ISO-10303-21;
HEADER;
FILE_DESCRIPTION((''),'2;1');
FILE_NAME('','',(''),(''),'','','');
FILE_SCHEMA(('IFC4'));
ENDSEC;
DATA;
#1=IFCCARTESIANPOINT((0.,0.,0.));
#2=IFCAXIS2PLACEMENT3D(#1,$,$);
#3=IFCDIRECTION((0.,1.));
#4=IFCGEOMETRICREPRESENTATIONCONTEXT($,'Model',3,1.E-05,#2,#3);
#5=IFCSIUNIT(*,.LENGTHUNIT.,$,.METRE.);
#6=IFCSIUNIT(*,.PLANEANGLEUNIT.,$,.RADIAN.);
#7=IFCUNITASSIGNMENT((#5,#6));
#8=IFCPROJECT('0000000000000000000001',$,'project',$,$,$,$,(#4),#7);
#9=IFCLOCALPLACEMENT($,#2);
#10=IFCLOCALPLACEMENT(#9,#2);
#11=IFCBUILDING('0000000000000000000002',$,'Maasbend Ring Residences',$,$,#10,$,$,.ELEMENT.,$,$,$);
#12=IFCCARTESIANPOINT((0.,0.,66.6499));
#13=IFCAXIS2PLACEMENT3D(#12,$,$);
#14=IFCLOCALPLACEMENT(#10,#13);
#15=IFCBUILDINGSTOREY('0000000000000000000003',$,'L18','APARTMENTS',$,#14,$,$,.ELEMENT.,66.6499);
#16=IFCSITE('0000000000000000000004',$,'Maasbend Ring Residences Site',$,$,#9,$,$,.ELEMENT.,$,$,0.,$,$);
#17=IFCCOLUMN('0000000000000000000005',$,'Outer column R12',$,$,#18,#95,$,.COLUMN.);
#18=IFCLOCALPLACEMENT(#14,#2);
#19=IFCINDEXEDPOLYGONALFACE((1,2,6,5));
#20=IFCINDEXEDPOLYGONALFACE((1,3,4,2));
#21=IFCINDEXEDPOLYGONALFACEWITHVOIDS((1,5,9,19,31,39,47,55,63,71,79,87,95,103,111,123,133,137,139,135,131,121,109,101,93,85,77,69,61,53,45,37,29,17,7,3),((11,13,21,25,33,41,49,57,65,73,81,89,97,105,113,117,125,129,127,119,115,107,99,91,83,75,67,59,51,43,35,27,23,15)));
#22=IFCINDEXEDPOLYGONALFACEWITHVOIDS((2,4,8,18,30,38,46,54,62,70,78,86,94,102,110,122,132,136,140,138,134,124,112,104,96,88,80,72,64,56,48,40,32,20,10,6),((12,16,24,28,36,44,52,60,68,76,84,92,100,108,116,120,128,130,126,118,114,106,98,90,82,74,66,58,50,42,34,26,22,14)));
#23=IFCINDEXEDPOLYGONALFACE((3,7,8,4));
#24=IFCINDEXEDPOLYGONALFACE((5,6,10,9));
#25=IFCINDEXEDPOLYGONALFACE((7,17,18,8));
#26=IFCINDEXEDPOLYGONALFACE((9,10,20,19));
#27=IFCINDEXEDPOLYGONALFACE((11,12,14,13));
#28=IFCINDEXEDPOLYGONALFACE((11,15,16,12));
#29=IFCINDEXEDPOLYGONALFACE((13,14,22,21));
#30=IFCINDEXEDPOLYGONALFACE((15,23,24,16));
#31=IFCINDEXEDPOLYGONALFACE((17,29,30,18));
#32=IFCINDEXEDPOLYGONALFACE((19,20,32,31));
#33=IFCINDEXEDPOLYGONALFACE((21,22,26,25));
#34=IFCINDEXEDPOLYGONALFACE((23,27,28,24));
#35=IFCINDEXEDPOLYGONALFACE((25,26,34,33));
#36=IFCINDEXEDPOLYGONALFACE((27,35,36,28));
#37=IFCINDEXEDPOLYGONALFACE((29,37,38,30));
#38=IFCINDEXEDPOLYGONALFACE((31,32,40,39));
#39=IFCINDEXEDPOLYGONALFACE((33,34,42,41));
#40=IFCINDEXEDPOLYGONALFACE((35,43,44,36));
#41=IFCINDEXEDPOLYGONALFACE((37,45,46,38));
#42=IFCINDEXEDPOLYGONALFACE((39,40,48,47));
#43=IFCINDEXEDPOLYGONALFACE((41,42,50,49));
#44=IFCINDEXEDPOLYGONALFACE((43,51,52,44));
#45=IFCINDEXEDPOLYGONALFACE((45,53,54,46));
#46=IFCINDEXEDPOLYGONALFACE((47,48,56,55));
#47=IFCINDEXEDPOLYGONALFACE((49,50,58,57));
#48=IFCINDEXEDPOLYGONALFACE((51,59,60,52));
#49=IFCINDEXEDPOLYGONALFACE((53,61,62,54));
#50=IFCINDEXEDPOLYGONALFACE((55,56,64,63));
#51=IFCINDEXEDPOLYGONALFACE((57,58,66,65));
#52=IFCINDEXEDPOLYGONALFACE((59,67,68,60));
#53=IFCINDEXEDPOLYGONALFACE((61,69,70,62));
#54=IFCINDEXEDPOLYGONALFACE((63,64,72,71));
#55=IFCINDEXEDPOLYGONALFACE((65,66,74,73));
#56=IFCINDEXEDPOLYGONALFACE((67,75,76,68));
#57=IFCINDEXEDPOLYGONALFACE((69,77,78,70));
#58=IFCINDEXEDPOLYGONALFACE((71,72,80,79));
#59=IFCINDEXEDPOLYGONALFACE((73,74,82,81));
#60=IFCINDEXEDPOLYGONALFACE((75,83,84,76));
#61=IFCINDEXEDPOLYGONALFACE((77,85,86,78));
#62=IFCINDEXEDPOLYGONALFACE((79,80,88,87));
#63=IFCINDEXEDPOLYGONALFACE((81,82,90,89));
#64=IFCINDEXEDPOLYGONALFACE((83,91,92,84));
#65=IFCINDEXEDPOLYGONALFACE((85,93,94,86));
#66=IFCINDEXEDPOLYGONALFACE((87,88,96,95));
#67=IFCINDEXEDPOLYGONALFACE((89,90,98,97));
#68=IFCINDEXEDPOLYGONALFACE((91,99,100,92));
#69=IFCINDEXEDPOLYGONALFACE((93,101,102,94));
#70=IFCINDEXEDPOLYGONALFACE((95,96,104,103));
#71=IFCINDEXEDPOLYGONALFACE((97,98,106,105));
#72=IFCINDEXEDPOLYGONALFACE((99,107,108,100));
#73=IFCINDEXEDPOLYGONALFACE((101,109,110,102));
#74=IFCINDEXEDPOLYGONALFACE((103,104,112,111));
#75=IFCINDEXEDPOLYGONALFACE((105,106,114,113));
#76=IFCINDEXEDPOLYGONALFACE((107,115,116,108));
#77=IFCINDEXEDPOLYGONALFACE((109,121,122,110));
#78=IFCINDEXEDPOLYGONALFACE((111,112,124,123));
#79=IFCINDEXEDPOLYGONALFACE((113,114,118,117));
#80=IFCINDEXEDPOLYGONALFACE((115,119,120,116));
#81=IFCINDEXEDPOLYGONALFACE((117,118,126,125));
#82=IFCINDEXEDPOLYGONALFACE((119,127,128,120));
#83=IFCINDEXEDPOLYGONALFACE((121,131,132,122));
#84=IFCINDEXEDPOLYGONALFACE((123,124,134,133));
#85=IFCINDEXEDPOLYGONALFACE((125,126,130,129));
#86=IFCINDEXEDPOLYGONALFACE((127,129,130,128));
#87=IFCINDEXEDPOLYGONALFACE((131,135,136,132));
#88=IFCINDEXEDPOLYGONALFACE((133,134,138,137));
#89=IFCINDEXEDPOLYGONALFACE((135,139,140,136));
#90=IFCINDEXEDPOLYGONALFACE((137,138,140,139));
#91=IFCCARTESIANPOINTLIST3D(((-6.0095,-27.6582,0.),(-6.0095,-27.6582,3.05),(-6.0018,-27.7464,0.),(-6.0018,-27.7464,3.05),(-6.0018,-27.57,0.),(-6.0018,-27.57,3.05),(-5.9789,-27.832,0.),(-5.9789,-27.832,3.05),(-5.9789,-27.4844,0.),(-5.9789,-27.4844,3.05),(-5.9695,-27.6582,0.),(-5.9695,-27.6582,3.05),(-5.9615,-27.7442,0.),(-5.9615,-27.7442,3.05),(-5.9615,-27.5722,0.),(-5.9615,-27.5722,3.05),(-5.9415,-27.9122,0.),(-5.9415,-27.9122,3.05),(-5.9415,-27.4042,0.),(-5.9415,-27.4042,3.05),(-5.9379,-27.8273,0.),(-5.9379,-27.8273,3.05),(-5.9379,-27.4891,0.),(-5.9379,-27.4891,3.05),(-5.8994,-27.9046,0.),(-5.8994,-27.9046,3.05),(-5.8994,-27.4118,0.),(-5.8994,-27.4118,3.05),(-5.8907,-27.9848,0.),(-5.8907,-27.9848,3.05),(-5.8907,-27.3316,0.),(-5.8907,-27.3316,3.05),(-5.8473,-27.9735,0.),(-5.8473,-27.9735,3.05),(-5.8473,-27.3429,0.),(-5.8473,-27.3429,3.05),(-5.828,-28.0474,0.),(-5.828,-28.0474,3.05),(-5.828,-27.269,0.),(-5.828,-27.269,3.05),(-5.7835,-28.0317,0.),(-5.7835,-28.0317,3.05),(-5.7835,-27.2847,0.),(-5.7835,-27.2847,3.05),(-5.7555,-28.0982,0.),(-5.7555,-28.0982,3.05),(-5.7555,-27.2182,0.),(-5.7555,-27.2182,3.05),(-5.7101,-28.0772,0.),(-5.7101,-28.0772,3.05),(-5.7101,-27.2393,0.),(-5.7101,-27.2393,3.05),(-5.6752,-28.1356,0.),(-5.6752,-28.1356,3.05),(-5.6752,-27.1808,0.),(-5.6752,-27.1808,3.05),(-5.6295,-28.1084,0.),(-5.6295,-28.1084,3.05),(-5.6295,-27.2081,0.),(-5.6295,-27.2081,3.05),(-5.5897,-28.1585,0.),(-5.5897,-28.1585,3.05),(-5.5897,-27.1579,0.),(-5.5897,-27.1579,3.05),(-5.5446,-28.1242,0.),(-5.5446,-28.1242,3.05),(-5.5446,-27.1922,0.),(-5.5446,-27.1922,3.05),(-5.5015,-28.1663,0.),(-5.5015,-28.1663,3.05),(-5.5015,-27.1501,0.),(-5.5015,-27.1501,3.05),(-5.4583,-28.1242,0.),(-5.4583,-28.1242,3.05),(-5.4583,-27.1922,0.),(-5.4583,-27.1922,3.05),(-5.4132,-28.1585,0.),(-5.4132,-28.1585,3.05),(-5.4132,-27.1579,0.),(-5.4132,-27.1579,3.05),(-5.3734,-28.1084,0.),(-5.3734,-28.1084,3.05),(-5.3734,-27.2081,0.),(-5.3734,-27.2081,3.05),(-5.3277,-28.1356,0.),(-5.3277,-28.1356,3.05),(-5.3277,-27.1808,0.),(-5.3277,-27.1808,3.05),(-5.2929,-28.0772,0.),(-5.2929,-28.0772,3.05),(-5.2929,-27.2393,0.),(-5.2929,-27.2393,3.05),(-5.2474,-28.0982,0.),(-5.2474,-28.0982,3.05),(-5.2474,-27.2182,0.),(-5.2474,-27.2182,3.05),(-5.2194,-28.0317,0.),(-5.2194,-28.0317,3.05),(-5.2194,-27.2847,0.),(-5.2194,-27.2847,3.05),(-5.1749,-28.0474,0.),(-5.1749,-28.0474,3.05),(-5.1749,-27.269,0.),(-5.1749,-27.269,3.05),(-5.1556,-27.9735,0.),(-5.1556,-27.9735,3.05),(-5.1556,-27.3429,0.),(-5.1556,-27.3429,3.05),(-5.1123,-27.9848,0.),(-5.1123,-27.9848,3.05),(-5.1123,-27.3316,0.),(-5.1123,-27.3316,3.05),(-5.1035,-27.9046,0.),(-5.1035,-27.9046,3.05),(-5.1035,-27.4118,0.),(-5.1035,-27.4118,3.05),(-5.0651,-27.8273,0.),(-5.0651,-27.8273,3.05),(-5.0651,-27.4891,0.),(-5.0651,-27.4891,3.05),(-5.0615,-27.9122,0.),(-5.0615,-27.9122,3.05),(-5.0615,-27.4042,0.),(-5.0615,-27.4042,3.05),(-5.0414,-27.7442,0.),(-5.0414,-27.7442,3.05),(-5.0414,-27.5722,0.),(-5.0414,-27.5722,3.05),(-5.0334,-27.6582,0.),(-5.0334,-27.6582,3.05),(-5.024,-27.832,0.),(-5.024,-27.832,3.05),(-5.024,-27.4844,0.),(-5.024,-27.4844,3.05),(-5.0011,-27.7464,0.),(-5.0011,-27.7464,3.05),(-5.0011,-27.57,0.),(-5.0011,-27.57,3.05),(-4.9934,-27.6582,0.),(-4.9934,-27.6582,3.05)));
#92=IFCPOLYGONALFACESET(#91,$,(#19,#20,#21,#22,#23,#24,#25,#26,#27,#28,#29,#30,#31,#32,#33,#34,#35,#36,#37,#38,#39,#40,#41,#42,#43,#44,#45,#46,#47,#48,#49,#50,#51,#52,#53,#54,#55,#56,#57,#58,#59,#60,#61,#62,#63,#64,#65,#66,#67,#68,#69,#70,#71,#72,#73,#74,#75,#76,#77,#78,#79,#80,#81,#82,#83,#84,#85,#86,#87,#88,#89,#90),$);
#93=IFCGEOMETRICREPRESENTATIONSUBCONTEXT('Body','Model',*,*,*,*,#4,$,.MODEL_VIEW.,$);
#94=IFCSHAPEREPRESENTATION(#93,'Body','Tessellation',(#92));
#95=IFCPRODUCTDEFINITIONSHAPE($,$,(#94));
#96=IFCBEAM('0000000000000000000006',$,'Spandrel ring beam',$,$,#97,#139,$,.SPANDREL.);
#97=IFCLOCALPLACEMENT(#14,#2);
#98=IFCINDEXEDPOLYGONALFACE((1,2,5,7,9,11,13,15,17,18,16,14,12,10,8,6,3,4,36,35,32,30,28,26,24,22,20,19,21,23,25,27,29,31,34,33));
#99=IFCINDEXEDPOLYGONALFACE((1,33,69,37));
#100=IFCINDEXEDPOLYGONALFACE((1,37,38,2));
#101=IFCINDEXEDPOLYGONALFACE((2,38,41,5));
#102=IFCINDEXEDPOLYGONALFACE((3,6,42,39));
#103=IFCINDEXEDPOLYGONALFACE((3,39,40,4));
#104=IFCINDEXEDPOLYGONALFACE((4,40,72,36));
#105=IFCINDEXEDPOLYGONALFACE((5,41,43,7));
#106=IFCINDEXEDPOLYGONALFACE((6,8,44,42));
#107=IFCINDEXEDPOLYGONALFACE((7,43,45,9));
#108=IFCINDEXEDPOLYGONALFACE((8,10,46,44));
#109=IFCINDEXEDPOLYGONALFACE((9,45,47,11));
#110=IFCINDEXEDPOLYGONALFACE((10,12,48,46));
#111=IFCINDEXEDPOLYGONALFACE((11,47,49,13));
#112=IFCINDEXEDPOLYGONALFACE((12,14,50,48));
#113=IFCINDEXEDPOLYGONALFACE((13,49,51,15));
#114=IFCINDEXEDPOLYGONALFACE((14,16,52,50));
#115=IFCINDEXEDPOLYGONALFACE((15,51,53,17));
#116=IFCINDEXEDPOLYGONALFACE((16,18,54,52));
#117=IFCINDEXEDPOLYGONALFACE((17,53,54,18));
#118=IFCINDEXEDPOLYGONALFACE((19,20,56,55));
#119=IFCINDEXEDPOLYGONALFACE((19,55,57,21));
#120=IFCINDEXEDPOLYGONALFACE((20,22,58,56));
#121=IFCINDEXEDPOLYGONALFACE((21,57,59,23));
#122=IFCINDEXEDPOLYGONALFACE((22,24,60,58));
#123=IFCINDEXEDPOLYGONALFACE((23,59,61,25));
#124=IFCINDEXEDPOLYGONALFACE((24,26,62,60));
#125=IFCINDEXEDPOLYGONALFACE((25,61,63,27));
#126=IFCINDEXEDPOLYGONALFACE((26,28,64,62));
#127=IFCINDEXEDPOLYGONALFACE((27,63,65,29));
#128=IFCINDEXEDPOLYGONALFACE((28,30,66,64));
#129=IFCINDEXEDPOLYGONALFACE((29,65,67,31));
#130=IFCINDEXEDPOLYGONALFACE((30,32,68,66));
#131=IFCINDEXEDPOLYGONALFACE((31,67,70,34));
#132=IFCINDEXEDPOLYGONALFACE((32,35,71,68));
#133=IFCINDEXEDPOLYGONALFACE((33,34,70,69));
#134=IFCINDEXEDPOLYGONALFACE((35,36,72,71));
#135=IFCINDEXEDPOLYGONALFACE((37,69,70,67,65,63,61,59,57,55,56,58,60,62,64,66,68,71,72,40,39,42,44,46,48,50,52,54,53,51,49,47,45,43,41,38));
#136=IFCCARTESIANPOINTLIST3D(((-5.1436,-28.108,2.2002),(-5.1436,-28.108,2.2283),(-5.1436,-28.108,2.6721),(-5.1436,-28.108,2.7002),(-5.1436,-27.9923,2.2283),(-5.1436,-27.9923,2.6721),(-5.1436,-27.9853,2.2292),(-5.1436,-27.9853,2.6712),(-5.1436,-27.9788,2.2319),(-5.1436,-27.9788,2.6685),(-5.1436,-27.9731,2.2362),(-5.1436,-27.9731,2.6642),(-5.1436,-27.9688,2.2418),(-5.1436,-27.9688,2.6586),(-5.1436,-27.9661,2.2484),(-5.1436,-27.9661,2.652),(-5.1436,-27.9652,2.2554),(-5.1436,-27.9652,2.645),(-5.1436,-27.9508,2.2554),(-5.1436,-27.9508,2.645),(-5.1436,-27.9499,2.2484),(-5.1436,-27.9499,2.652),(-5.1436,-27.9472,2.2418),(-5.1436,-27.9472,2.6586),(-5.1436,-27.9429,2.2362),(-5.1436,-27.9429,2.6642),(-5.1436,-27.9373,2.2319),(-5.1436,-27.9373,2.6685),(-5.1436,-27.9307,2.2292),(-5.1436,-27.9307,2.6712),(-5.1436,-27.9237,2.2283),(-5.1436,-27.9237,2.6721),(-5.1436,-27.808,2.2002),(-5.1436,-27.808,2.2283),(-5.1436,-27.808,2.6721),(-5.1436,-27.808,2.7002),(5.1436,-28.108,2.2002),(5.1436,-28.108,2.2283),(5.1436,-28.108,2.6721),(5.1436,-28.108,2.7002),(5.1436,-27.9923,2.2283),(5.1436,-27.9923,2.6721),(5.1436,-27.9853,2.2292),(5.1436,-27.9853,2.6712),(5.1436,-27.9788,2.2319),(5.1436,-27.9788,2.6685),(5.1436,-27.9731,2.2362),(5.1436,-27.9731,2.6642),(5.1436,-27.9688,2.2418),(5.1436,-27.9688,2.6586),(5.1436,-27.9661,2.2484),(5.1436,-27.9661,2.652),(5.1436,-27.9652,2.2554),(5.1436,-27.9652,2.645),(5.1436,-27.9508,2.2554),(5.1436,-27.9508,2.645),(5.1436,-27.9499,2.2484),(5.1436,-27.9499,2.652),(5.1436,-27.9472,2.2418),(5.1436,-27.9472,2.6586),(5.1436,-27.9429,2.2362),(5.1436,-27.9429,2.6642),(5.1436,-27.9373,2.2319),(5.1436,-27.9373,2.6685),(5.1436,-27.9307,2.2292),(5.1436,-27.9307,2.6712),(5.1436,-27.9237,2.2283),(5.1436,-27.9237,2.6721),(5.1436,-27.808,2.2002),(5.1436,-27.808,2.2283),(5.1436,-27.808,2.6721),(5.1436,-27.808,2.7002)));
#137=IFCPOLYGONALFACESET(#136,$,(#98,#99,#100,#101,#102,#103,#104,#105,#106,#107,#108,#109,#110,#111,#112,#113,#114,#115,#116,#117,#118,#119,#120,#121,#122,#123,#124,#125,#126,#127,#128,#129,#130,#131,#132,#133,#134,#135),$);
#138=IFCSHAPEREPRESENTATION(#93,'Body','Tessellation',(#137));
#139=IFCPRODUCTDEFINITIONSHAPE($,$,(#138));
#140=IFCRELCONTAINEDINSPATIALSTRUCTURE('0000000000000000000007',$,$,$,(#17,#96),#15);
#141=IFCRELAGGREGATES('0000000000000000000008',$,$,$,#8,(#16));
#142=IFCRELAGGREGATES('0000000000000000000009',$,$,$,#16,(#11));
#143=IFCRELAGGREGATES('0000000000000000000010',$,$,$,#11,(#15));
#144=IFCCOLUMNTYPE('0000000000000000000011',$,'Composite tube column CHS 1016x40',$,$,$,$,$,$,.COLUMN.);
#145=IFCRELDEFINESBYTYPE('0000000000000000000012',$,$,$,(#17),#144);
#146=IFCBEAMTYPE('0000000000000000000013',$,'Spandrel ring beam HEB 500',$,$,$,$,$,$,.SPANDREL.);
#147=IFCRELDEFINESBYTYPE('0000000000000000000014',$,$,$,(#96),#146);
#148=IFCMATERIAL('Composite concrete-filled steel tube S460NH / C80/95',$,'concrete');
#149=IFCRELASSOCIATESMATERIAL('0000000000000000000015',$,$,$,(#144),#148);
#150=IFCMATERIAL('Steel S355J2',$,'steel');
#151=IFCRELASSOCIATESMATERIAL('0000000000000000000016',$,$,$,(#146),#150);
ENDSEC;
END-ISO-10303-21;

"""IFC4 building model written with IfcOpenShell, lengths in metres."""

from ifc_helpers import new_model, si_unit, direction, frame, origin, origin_2d, place, context, subcontext, project, spatial, hollow_circle, i_section, extrude, material, material_profile, profile_set, type_object, element, save


model = new_model("IFC4")

# Units and contexts
model_context = context("Model", 3, precision=1e-05, world=origin(), true_north=direction((0.0, 1.0)))
body_context = subcontext(model_context, "Body", "Model", "MODEL_VIEW")
ifc_project = project(units=[si_unit("LENGTHUNIT", "METRE"), si_unit("PLANEANGLEUNIT", "RADIAN")], contexts=[model_context])

# Site, building, storey
site_placement = place(None, origin())
site = spatial("IfcSite", under=ifc_project, at=site_placement, Name="Maasbend Ring Residences Site", CompositionType="ELEMENT", RefElevation=0.0)
building_placement = place(site_placement, origin())
building = spatial("IfcBuilding", under=site, at=building_placement, Name="Maasbend Ring Residences", CompositionType="ELEMENT")
storey_placement = place(building_placement, frame((0.0, 0.0, 66.6499)))
storey = spatial("IfcBuildingStorey", under=building, at=storey_placement, Name="L18", Description="APARTMENTS", CompositionType="ELEMENT", Elevation=66.6499)

# Column
ifc_material_1 = material(Name="Composite concrete-filled steel tube S460NH / C80/95", Category="concrete")
ifc_material_profile_1 = material_profile(ifc_material_1, hollow_circle(Radius=0.5081, WallThickness=0.04, at=origin_2d()), Name="Composite tube column CHS 1016x40")
ifc_profile_set_1 = profile_set([ifc_material_profile_1], Name="Composite concrete-filled steel tube S460NH / C80/95")
column_type = type_object("IfcColumnType", Name="Composite tube column CHS 1016x40", PredefinedType="COLUMN", material=ifc_profile_set_1)
column_placement = place(storey_placement, frame((-5.5015, -27.6582, 0.0), z_axis=(0.0, 0.0, 1.0), x_axis=(1.0, 0.0, 0.0)))
element("IfcColumn", 1, at=column_placement, inside=storey, type_object=column_type, Name="Outer column R12", PredefinedType="COLUMN", context=body_context, shape_type="SweptSolid", body=[
    extrude(hollow_circle(Radius=0.5081, WallThickness=0.04, at=origin_2d()), origin(), (0.0, 0.0, 1.0), 3.05),
])

# Beam
ifc_material_2 = material(Name="Steel S355J2", Category="steel")
ifc_material_profile_2 = material_profile(ifc_material_2, i_section(OverallWidth=0.3, OverallDepth=0.5, WebThickness=0.0144, FlangeThickness=0.0281, FilletRadius=0.0271, at=origin_2d()), Name="HEB 500")
ifc_profile_set_2 = profile_set([ifc_material_profile_2], Name="Steel S355J2")
beam_type = type_object("IfcBeamType", Name="Spandrel ring beam HEB 500", PredefinedType="SPANDREL", material=ifc_profile_set_2)
beam_placement = place(storey_placement, frame((-5.1436, -27.958, 2.4502), z_axis=(1.0, 0.0, 0.0), x_axis=(0.0, 1.0, 0.0)))
element("IfcBeam", 2, at=beam_placement, inside=storey, type_object=beam_type, Name="Spandrel ring beam", PredefinedType="SPANDREL", context=body_context, shape_type="SweptSolid", body=[
    extrude(i_section(OverallWidth=0.3, OverallDepth=0.5, WebThickness=0.0144, FlangeThickness=0.0281, FilletRadius=0.0271, at=origin_2d()), origin(), (0.0, 0.0, 1.0), 10.2871),
])

save(model, "model.ifc")
